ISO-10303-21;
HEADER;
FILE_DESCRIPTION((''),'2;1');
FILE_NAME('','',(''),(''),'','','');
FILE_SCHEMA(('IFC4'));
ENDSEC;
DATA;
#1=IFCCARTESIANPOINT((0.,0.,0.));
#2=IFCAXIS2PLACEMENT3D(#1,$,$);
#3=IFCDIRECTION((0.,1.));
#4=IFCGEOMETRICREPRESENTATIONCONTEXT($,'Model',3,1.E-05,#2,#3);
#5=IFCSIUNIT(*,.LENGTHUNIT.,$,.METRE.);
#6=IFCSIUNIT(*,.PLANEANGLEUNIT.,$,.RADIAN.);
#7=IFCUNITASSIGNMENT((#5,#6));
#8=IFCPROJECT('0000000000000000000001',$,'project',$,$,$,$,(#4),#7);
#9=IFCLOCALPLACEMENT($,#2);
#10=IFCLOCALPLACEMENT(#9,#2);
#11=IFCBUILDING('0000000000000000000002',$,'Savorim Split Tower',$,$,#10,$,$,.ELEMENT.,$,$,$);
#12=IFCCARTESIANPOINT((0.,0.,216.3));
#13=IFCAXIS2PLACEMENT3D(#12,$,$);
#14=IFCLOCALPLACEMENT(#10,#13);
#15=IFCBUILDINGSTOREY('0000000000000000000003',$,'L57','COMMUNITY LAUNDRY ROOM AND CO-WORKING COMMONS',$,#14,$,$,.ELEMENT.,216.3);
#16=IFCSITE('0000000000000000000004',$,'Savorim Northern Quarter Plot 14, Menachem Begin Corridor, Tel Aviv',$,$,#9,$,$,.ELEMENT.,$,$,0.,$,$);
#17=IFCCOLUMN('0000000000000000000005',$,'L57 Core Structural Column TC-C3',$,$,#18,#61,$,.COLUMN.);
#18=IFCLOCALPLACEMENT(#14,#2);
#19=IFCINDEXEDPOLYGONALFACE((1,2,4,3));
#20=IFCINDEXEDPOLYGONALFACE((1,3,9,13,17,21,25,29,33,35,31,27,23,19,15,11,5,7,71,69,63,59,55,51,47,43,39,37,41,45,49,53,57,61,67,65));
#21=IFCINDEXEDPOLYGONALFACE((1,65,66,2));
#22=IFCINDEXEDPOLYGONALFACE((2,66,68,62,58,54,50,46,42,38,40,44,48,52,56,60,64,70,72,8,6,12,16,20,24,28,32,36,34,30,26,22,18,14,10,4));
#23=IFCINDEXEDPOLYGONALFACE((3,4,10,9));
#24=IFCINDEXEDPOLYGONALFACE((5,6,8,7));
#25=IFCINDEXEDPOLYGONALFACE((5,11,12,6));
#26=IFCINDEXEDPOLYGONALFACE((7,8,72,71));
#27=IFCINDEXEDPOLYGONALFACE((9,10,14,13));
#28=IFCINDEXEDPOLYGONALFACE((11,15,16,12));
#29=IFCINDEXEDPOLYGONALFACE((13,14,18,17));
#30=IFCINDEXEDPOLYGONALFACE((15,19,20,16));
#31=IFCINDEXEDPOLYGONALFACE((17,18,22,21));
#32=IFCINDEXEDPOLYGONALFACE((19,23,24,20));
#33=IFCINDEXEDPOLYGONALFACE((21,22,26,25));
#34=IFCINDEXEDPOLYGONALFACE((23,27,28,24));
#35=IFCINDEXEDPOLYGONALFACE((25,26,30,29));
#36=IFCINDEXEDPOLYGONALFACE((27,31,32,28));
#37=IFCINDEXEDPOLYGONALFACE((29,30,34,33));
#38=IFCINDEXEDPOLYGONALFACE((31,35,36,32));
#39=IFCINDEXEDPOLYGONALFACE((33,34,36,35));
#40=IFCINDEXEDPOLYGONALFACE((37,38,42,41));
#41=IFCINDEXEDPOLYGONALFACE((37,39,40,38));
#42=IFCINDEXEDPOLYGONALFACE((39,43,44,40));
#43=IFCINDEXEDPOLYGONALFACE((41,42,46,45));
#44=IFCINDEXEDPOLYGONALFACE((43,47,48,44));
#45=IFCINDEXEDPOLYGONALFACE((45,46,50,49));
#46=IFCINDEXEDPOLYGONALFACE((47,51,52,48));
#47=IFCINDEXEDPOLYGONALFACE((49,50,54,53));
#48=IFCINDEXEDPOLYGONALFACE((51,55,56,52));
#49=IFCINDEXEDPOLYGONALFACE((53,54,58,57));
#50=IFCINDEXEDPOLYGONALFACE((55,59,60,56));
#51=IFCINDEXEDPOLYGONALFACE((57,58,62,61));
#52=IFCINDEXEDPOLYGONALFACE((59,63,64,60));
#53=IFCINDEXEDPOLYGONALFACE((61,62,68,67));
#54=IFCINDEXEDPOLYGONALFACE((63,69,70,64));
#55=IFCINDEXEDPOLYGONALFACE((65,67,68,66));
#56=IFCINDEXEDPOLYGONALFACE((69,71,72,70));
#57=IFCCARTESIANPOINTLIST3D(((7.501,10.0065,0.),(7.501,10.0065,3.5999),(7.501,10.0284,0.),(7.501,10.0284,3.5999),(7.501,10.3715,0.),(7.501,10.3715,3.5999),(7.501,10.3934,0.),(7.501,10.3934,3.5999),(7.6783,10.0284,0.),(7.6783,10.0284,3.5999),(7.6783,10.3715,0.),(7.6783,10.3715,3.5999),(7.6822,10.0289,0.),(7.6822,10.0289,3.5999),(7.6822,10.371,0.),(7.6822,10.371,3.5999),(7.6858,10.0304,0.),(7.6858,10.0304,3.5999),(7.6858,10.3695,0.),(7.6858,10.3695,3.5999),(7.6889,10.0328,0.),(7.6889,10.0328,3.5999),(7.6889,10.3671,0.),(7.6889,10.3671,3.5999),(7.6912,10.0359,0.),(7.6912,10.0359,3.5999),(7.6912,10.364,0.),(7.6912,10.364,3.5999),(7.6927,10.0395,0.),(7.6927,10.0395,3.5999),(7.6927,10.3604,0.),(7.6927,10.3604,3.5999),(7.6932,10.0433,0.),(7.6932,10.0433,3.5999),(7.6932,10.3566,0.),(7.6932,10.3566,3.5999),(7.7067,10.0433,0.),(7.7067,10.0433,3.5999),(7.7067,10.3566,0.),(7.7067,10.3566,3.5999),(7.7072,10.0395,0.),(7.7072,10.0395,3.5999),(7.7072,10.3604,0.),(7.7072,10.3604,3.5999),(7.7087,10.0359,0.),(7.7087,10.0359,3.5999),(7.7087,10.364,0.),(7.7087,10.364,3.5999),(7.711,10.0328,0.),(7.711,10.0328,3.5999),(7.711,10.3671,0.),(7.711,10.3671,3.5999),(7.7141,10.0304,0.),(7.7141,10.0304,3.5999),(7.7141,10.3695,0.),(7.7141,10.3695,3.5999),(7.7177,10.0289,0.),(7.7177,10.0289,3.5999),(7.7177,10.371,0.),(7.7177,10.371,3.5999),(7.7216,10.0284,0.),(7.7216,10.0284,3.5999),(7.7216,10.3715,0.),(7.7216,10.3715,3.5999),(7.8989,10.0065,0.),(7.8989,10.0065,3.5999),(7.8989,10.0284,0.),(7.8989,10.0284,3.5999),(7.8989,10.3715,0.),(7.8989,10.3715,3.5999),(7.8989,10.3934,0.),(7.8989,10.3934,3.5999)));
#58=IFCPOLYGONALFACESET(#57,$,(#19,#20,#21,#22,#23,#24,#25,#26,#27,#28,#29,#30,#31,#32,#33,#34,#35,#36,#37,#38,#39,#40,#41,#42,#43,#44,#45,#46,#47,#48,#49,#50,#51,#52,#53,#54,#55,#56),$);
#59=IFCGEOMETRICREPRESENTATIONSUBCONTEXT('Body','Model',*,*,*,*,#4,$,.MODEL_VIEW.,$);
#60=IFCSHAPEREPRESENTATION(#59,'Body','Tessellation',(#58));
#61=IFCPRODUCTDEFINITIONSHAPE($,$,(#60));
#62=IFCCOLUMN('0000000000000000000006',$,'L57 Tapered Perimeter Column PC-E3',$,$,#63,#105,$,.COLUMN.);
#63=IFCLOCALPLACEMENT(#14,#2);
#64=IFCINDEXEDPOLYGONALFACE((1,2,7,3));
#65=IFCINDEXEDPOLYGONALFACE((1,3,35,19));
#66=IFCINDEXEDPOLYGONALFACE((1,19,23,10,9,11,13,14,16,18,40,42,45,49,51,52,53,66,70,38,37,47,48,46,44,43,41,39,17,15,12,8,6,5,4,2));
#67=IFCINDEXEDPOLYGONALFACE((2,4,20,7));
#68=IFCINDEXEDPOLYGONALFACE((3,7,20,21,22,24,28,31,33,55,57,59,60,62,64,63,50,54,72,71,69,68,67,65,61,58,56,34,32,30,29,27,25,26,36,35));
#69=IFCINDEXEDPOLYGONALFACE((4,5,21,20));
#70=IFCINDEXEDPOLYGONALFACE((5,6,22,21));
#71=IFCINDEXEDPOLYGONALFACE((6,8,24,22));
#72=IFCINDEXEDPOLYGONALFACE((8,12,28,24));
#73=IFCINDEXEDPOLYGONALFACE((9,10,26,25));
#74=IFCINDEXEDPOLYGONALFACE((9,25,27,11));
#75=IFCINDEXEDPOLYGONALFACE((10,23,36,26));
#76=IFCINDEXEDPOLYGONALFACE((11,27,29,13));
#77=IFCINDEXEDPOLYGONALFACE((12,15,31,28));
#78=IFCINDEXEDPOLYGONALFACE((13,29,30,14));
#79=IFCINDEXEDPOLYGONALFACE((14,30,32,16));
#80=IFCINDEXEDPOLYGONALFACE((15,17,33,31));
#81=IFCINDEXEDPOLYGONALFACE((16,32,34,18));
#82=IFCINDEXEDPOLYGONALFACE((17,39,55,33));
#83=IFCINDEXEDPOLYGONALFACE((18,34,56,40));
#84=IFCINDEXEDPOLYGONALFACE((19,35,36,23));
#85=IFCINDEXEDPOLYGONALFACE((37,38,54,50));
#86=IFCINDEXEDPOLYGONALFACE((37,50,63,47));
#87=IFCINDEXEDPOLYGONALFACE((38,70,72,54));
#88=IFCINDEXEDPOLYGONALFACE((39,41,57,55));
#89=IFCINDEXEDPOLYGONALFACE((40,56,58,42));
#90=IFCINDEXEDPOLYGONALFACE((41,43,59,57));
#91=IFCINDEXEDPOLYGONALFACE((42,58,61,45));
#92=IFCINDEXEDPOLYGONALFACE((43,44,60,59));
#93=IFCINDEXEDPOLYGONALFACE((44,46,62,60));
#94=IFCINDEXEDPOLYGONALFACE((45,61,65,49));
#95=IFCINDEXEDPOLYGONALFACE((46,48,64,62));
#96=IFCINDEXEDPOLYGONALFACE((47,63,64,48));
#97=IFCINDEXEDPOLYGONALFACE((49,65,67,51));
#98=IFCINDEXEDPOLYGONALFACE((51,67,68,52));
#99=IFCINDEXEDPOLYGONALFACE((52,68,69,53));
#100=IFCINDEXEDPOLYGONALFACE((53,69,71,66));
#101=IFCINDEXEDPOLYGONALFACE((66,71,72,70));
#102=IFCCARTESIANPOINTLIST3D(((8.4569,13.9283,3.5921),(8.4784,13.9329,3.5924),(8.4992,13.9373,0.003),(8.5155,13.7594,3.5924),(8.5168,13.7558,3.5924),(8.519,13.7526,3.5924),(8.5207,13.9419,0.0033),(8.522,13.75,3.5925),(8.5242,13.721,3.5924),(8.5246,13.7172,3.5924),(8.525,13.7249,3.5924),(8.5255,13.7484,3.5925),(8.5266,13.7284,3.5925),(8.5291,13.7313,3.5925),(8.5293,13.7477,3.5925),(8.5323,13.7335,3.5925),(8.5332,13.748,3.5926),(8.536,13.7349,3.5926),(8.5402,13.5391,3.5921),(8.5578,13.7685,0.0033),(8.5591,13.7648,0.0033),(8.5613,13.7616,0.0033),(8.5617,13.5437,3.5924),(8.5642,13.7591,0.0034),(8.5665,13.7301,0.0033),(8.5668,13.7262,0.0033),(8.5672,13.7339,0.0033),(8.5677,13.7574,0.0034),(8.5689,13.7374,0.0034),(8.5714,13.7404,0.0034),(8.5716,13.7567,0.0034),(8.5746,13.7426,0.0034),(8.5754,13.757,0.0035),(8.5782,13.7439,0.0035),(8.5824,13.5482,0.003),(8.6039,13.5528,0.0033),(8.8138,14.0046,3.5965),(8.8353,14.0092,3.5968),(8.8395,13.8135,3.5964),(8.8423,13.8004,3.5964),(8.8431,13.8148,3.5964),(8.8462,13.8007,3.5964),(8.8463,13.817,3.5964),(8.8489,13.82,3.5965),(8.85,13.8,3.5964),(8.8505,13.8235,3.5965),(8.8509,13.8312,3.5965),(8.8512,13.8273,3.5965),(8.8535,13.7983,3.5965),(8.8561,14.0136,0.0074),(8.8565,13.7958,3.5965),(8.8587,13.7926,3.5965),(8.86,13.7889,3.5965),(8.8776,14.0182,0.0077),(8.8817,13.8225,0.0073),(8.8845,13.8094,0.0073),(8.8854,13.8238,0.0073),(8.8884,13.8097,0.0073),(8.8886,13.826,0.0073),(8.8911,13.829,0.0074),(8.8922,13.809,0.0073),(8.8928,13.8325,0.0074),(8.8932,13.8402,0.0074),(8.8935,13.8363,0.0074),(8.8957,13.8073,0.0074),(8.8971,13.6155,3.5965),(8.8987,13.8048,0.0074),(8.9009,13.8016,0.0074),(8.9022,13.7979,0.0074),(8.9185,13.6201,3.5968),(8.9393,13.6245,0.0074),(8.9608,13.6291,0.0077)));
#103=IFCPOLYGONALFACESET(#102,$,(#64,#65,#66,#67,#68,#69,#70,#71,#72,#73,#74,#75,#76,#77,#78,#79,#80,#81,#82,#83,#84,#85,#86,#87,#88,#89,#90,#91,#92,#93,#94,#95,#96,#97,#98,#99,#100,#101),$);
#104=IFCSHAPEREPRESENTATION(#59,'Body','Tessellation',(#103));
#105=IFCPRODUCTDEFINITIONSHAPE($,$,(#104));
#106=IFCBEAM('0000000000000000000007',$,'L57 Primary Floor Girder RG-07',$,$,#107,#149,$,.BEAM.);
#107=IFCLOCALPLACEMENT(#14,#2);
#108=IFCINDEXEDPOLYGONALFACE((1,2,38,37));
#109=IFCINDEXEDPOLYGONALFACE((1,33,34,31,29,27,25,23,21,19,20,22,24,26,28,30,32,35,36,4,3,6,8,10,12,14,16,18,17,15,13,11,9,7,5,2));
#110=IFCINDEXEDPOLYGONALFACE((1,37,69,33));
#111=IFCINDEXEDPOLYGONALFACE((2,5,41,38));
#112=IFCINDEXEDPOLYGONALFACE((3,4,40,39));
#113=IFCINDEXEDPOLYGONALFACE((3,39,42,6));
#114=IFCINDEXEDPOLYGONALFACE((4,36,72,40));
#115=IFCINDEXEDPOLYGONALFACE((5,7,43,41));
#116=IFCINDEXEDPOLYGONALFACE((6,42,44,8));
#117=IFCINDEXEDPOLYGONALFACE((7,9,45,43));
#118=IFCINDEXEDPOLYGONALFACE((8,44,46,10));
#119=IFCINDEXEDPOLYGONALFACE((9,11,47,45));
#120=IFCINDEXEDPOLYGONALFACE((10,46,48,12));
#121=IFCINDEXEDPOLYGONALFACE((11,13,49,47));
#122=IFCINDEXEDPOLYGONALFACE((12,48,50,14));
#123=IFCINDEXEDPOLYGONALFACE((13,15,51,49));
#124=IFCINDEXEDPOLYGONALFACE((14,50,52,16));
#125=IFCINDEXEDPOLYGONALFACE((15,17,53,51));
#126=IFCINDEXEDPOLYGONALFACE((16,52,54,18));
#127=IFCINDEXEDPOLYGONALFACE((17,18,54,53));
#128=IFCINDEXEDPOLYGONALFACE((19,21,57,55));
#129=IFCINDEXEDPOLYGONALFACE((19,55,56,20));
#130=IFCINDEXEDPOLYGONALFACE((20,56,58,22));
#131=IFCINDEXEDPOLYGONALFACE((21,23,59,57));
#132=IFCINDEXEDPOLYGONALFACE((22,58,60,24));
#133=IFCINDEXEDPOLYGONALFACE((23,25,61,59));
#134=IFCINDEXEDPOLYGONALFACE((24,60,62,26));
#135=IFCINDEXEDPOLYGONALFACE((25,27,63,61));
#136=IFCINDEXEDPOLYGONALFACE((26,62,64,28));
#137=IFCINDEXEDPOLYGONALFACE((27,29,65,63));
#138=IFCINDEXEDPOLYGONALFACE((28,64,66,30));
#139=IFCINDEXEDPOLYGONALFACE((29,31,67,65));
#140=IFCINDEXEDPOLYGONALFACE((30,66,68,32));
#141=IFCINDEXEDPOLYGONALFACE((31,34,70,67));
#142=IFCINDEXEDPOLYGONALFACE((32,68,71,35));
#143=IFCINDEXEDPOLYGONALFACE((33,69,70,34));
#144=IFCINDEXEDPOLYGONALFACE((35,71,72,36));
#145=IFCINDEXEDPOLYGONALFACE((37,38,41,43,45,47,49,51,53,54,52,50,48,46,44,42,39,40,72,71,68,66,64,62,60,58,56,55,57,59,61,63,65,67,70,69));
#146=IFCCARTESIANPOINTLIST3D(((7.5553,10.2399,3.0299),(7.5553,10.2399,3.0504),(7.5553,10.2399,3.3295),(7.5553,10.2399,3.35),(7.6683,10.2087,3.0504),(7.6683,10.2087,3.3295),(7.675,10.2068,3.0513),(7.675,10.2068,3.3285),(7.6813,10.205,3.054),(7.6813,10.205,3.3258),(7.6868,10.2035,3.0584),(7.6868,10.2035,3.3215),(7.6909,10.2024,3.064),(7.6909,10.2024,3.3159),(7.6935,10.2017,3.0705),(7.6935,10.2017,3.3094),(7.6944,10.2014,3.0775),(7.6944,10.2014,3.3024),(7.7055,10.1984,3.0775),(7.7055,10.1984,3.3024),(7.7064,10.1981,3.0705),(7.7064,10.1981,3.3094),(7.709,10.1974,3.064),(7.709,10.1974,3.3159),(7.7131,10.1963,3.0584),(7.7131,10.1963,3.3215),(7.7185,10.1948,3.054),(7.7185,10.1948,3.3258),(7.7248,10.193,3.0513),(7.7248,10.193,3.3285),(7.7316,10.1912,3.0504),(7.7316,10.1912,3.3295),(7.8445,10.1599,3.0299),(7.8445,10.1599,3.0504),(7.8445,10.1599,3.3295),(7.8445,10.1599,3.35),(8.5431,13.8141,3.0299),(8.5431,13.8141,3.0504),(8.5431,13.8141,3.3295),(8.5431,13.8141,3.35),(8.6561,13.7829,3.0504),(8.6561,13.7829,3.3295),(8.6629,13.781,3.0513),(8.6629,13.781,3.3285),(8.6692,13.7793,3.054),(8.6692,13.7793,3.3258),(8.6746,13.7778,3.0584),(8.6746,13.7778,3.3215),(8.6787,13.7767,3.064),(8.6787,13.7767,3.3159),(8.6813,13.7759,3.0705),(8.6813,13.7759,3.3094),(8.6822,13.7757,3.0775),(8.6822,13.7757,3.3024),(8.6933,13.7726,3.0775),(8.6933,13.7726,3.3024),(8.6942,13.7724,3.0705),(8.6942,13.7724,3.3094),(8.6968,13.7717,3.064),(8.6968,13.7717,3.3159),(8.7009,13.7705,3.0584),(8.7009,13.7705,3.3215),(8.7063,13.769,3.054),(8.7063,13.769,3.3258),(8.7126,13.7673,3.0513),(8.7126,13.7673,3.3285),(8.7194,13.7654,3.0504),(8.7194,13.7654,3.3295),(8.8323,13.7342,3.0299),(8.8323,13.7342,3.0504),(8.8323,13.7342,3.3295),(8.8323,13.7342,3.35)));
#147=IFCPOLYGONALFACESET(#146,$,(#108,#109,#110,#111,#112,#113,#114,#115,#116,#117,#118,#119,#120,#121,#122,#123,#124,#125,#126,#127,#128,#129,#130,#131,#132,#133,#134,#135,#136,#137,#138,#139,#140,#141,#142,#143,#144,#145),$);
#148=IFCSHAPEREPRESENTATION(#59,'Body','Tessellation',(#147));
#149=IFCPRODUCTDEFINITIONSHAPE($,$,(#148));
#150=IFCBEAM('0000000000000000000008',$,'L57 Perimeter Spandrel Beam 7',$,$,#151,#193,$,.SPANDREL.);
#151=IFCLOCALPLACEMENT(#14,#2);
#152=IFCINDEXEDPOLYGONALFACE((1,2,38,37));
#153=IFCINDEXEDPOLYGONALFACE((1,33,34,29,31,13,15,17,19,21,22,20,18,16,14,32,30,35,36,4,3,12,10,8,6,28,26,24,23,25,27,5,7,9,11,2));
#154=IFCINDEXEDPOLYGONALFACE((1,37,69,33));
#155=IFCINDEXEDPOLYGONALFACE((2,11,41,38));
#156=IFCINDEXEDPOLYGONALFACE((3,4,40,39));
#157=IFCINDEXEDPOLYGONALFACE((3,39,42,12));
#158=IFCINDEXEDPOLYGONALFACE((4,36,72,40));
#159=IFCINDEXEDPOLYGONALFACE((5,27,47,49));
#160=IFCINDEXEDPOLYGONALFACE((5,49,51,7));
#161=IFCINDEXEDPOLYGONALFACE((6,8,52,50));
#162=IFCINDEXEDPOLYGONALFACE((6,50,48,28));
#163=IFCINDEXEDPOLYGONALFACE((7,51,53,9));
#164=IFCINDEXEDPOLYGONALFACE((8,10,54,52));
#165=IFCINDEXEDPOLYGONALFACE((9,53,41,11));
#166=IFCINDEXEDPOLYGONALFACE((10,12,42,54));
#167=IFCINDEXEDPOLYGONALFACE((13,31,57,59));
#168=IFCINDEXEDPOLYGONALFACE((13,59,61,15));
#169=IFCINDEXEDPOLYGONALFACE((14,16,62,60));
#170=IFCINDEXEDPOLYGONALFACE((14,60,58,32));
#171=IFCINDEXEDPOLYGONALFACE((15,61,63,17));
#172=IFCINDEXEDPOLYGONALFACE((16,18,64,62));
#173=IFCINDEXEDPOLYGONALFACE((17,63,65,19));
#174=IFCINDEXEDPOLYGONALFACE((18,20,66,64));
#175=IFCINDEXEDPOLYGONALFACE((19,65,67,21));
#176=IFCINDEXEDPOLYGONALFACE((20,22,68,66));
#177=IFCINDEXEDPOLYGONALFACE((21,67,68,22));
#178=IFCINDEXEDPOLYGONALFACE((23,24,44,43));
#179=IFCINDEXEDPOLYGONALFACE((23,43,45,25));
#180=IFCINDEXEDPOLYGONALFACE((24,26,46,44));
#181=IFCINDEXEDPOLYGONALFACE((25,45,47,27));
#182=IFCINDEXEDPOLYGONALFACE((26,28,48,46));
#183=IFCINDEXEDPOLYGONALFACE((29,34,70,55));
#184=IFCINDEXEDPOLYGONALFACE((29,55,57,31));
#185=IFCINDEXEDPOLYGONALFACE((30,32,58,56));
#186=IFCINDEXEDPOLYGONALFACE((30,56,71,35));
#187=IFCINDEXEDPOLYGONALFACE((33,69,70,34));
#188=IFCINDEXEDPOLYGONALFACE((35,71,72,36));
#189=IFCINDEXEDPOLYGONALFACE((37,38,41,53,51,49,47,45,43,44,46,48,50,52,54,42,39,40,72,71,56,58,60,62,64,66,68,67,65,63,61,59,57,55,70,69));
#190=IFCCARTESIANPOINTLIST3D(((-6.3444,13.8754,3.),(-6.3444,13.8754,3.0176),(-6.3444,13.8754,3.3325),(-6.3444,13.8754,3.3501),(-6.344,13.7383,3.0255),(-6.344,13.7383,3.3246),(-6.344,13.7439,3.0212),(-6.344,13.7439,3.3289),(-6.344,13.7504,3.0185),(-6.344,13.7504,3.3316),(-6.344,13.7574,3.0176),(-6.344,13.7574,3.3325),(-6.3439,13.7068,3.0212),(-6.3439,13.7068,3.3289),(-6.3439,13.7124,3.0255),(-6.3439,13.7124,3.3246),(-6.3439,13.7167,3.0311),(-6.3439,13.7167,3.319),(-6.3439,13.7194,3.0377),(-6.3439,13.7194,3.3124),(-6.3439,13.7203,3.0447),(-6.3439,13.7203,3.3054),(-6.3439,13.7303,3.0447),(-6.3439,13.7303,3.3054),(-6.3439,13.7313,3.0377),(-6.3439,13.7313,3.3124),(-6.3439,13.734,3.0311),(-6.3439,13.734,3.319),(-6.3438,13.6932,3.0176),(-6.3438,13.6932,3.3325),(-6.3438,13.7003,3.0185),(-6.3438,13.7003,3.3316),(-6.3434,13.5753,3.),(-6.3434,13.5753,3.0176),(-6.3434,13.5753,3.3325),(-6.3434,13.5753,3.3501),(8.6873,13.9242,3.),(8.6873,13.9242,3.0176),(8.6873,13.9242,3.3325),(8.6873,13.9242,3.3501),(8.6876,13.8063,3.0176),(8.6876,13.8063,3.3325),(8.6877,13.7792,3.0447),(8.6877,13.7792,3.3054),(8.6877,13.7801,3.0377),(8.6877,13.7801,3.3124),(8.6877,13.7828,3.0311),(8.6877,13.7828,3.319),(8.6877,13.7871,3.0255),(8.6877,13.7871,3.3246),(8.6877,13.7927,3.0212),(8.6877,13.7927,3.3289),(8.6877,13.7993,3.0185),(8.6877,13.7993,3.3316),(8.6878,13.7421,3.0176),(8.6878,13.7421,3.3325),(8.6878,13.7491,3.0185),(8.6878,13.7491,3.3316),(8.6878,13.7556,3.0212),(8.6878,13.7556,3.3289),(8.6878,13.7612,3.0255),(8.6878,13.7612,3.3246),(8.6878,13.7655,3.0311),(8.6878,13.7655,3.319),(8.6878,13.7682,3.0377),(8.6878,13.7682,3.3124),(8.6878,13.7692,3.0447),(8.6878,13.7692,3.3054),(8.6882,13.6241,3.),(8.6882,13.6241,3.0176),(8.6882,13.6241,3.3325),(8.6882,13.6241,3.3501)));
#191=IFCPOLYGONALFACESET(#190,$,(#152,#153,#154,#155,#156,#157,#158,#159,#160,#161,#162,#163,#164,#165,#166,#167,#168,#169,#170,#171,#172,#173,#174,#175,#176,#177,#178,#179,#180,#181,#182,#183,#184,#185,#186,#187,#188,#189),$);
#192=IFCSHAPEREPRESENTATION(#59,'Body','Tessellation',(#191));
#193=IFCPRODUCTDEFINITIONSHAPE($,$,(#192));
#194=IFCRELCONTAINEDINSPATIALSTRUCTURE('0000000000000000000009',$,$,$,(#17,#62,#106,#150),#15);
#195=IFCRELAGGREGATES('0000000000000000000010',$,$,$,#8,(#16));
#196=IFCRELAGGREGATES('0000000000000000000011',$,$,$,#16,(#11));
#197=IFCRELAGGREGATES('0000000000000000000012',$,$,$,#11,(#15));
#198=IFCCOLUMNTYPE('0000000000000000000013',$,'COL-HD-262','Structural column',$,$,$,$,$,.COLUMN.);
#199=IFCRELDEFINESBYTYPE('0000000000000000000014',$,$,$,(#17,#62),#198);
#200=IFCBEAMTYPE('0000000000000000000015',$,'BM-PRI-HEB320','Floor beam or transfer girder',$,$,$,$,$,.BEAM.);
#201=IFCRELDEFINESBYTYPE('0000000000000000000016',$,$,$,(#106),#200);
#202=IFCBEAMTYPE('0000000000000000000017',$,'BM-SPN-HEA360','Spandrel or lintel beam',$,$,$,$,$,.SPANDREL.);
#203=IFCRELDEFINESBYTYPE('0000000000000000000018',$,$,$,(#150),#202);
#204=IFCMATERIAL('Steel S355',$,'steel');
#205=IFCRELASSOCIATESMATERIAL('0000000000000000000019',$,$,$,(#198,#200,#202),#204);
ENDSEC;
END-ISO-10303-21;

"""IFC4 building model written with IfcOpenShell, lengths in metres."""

from ifc_helpers import new_model, si_unit, direction, frame, origin, origin_2d, place, context, subcontext, project, spatial, i_section, extrude, material, material_profile, profile_set, type_object, element, save


model = new_model("IFC4")

# Units and contexts
model_context = context("Model", 3, precision=1e-05, world=origin(), true_north=direction((0.0, 1.0)))
body_context = subcontext(model_context, "Body", "Model", "MODEL_VIEW")
ifc_project = project(units=[si_unit("LENGTHUNIT", "METRE"), si_unit("PLANEANGLEUNIT", "RADIAN")], contexts=[model_context])

# Site, building, storey
site_placement = place(None, origin())
site = spatial("IfcSite", under=ifc_project, at=site_placement, Name="Savorim Northern Quarter Plot 14, Menachem Begin Corridor, Tel Aviv", CompositionType="ELEMENT", RefElevation=0.0)
building_placement = place(site_placement, origin())
building = spatial("IfcBuilding", under=site, at=building_placement, Name="Savorim Split Tower", CompositionType="ELEMENT")
storey_placement = place(building_placement, frame((0.0, 0.0, 216.3)))
storey = spatial("IfcBuildingStorey", under=building, at=storey_placement, Name="L57", Description="COMMUNITY LAUNDRY ROOM AND CO-WORKING COMMONS", CompositionType="ELEMENT", Elevation=216.3)

# Columns
ifc_material_1 = material(Name="Steel S355", Category="steel")
ifc_material_profile_1 = material_profile(ifc_material_1, i_section(OverallWidth=0.3979, OverallDepth=0.387, WebThickness=0.0134, FlangeThickness=0.022, FilletRadius=0.0149, at=origin_2d()), Name="HD 400x262")
ifc_profile_set_1 = profile_set([ifc_material_profile_1], Name="Steel S355")
column_type = type_object("IfcColumnType", Name="COL-HD-262", Description="Structural column", PredefinedType="COLUMN", material=ifc_profile_set_1)
column_1_placement = place(storey_placement, frame((7.7, 10.2, 0.0), z_axis=(0.0, 0.0, 1.0), x_axis=(1.0, 0.0, 0.0)))
element("IfcColumn", 1, at=column_1_placement, inside=storey, type_object=column_type, Name="L57 Core Structural Column TC-C3", PredefinedType="COLUMN", context=body_context, shape_type="SweptSolid", body=[
    extrude(i_section(OverallWidth=0.3979, OverallDepth=0.387, WebThickness=0.0134, FlangeThickness=0.022, FilletRadius=0.0149, at=origin_2d()), origin(), (0.0, 0.0, 1.0), 3.5999),
])
column_2_placement = place(storey_placement, frame((8.73, 13.7832, 0.0054), z_axis=(-0.011767, -0.002517, 0.999928), x_axis=(0.209143, -0.977885, 0.0)))
element("IfcColumn", 2, at=column_2_placement, inside=storey, type_object=column_type, Name="L57 Tapered Perimeter Column PC-E3", PredefinedType="COLUMN", context=body_context, shape_type="SweptSolid", body=[
    extrude(i_section(OverallWidth=0.3979, OverallDepth=0.387, WebThickness=0.0134, FlangeThickness=0.022, FilletRadius=0.0149, at=origin_2d()), origin(), (0.0, 0.0, 1.0), 3.5894),
])

# Beams
ifc_material_profile_2 = material_profile(ifc_material_1, i_section(OverallWidth=0.3, OverallDepth=0.3201, WebThickness=0.0115, FlangeThickness=0.0205, FilletRadius=0.0271, at=origin_2d()), Name="HEB 320")
ifc_profile_set_2 = profile_set([ifc_material_profile_2], Name="Steel S355")
beam_type_1 = type_object("IfcBeamType", Name="BM-PRI-HEB320", Description="Floor beam or transfer girder", PredefinedType="BEAM", material=ifc_profile_set_2)
beam_1_placement = place(storey_placement, frame((8.6877, 13.7742, 3.1899), z_axis=(-0.26638, -0.963868, 0.0), x_axis=(0.963868, -0.26638, 0.0)))
element("IfcBeam", 3, at=beam_1_placement, inside=storey, type_object=beam_type_1, Name="L57 Primary Floor Girder RG-07", PredefinedType="BEAM", context=body_context, shape_type="SweptSolid", body=[
    extrude(i_section(OverallWidth=0.3, OverallDepth=0.3201, WebThickness=0.0115, FlangeThickness=0.0205, FilletRadius=0.0271, at=origin_2d()), origin(), (0.0, 0.0, 1.0), 3.7083),
])
ifc_material_profile_3 = material_profile(ifc_material_1, i_section(OverallWidth=0.3, OverallDepth=0.3501, WebThickness=0.01, FlangeThickness=0.0176, FilletRadius=0.0271, at=origin_2d()), Name="HEA 360")
ifc_profile_set_3 = profile_set([ifc_material_profile_3], Name="Steel S355")
beam_type_2 = type_object("IfcBeamType", Name="BM-SPN-HEA360", Description="Spandrel or lintel beam", PredefinedType="SPANDREL", material=ifc_profile_set_3)
beam_2_placement = place(storey_placement, frame((8.6877, 13.7742, 3.175), z_axis=(-0.999995, -0.003248, 0.0), x_axis=(0.003248, -0.999995, 0.0)))
element("IfcBeam", 4, at=beam_2_placement, inside=storey, type_object=beam_type_2, Name="L57 Perimeter Spandrel Beam 7", PredefinedType="SPANDREL", context=body_context, shape_type="SweptSolid", body=[
    extrude(i_section(OverallWidth=0.3, OverallDepth=0.3501, WebThickness=0.01, FlangeThickness=0.0176, FilletRadius=0.0271, at=origin_2d()), origin(), (0.0, 0.0, 1.0), 15.0317),
])

save(model, "model.ifc")
